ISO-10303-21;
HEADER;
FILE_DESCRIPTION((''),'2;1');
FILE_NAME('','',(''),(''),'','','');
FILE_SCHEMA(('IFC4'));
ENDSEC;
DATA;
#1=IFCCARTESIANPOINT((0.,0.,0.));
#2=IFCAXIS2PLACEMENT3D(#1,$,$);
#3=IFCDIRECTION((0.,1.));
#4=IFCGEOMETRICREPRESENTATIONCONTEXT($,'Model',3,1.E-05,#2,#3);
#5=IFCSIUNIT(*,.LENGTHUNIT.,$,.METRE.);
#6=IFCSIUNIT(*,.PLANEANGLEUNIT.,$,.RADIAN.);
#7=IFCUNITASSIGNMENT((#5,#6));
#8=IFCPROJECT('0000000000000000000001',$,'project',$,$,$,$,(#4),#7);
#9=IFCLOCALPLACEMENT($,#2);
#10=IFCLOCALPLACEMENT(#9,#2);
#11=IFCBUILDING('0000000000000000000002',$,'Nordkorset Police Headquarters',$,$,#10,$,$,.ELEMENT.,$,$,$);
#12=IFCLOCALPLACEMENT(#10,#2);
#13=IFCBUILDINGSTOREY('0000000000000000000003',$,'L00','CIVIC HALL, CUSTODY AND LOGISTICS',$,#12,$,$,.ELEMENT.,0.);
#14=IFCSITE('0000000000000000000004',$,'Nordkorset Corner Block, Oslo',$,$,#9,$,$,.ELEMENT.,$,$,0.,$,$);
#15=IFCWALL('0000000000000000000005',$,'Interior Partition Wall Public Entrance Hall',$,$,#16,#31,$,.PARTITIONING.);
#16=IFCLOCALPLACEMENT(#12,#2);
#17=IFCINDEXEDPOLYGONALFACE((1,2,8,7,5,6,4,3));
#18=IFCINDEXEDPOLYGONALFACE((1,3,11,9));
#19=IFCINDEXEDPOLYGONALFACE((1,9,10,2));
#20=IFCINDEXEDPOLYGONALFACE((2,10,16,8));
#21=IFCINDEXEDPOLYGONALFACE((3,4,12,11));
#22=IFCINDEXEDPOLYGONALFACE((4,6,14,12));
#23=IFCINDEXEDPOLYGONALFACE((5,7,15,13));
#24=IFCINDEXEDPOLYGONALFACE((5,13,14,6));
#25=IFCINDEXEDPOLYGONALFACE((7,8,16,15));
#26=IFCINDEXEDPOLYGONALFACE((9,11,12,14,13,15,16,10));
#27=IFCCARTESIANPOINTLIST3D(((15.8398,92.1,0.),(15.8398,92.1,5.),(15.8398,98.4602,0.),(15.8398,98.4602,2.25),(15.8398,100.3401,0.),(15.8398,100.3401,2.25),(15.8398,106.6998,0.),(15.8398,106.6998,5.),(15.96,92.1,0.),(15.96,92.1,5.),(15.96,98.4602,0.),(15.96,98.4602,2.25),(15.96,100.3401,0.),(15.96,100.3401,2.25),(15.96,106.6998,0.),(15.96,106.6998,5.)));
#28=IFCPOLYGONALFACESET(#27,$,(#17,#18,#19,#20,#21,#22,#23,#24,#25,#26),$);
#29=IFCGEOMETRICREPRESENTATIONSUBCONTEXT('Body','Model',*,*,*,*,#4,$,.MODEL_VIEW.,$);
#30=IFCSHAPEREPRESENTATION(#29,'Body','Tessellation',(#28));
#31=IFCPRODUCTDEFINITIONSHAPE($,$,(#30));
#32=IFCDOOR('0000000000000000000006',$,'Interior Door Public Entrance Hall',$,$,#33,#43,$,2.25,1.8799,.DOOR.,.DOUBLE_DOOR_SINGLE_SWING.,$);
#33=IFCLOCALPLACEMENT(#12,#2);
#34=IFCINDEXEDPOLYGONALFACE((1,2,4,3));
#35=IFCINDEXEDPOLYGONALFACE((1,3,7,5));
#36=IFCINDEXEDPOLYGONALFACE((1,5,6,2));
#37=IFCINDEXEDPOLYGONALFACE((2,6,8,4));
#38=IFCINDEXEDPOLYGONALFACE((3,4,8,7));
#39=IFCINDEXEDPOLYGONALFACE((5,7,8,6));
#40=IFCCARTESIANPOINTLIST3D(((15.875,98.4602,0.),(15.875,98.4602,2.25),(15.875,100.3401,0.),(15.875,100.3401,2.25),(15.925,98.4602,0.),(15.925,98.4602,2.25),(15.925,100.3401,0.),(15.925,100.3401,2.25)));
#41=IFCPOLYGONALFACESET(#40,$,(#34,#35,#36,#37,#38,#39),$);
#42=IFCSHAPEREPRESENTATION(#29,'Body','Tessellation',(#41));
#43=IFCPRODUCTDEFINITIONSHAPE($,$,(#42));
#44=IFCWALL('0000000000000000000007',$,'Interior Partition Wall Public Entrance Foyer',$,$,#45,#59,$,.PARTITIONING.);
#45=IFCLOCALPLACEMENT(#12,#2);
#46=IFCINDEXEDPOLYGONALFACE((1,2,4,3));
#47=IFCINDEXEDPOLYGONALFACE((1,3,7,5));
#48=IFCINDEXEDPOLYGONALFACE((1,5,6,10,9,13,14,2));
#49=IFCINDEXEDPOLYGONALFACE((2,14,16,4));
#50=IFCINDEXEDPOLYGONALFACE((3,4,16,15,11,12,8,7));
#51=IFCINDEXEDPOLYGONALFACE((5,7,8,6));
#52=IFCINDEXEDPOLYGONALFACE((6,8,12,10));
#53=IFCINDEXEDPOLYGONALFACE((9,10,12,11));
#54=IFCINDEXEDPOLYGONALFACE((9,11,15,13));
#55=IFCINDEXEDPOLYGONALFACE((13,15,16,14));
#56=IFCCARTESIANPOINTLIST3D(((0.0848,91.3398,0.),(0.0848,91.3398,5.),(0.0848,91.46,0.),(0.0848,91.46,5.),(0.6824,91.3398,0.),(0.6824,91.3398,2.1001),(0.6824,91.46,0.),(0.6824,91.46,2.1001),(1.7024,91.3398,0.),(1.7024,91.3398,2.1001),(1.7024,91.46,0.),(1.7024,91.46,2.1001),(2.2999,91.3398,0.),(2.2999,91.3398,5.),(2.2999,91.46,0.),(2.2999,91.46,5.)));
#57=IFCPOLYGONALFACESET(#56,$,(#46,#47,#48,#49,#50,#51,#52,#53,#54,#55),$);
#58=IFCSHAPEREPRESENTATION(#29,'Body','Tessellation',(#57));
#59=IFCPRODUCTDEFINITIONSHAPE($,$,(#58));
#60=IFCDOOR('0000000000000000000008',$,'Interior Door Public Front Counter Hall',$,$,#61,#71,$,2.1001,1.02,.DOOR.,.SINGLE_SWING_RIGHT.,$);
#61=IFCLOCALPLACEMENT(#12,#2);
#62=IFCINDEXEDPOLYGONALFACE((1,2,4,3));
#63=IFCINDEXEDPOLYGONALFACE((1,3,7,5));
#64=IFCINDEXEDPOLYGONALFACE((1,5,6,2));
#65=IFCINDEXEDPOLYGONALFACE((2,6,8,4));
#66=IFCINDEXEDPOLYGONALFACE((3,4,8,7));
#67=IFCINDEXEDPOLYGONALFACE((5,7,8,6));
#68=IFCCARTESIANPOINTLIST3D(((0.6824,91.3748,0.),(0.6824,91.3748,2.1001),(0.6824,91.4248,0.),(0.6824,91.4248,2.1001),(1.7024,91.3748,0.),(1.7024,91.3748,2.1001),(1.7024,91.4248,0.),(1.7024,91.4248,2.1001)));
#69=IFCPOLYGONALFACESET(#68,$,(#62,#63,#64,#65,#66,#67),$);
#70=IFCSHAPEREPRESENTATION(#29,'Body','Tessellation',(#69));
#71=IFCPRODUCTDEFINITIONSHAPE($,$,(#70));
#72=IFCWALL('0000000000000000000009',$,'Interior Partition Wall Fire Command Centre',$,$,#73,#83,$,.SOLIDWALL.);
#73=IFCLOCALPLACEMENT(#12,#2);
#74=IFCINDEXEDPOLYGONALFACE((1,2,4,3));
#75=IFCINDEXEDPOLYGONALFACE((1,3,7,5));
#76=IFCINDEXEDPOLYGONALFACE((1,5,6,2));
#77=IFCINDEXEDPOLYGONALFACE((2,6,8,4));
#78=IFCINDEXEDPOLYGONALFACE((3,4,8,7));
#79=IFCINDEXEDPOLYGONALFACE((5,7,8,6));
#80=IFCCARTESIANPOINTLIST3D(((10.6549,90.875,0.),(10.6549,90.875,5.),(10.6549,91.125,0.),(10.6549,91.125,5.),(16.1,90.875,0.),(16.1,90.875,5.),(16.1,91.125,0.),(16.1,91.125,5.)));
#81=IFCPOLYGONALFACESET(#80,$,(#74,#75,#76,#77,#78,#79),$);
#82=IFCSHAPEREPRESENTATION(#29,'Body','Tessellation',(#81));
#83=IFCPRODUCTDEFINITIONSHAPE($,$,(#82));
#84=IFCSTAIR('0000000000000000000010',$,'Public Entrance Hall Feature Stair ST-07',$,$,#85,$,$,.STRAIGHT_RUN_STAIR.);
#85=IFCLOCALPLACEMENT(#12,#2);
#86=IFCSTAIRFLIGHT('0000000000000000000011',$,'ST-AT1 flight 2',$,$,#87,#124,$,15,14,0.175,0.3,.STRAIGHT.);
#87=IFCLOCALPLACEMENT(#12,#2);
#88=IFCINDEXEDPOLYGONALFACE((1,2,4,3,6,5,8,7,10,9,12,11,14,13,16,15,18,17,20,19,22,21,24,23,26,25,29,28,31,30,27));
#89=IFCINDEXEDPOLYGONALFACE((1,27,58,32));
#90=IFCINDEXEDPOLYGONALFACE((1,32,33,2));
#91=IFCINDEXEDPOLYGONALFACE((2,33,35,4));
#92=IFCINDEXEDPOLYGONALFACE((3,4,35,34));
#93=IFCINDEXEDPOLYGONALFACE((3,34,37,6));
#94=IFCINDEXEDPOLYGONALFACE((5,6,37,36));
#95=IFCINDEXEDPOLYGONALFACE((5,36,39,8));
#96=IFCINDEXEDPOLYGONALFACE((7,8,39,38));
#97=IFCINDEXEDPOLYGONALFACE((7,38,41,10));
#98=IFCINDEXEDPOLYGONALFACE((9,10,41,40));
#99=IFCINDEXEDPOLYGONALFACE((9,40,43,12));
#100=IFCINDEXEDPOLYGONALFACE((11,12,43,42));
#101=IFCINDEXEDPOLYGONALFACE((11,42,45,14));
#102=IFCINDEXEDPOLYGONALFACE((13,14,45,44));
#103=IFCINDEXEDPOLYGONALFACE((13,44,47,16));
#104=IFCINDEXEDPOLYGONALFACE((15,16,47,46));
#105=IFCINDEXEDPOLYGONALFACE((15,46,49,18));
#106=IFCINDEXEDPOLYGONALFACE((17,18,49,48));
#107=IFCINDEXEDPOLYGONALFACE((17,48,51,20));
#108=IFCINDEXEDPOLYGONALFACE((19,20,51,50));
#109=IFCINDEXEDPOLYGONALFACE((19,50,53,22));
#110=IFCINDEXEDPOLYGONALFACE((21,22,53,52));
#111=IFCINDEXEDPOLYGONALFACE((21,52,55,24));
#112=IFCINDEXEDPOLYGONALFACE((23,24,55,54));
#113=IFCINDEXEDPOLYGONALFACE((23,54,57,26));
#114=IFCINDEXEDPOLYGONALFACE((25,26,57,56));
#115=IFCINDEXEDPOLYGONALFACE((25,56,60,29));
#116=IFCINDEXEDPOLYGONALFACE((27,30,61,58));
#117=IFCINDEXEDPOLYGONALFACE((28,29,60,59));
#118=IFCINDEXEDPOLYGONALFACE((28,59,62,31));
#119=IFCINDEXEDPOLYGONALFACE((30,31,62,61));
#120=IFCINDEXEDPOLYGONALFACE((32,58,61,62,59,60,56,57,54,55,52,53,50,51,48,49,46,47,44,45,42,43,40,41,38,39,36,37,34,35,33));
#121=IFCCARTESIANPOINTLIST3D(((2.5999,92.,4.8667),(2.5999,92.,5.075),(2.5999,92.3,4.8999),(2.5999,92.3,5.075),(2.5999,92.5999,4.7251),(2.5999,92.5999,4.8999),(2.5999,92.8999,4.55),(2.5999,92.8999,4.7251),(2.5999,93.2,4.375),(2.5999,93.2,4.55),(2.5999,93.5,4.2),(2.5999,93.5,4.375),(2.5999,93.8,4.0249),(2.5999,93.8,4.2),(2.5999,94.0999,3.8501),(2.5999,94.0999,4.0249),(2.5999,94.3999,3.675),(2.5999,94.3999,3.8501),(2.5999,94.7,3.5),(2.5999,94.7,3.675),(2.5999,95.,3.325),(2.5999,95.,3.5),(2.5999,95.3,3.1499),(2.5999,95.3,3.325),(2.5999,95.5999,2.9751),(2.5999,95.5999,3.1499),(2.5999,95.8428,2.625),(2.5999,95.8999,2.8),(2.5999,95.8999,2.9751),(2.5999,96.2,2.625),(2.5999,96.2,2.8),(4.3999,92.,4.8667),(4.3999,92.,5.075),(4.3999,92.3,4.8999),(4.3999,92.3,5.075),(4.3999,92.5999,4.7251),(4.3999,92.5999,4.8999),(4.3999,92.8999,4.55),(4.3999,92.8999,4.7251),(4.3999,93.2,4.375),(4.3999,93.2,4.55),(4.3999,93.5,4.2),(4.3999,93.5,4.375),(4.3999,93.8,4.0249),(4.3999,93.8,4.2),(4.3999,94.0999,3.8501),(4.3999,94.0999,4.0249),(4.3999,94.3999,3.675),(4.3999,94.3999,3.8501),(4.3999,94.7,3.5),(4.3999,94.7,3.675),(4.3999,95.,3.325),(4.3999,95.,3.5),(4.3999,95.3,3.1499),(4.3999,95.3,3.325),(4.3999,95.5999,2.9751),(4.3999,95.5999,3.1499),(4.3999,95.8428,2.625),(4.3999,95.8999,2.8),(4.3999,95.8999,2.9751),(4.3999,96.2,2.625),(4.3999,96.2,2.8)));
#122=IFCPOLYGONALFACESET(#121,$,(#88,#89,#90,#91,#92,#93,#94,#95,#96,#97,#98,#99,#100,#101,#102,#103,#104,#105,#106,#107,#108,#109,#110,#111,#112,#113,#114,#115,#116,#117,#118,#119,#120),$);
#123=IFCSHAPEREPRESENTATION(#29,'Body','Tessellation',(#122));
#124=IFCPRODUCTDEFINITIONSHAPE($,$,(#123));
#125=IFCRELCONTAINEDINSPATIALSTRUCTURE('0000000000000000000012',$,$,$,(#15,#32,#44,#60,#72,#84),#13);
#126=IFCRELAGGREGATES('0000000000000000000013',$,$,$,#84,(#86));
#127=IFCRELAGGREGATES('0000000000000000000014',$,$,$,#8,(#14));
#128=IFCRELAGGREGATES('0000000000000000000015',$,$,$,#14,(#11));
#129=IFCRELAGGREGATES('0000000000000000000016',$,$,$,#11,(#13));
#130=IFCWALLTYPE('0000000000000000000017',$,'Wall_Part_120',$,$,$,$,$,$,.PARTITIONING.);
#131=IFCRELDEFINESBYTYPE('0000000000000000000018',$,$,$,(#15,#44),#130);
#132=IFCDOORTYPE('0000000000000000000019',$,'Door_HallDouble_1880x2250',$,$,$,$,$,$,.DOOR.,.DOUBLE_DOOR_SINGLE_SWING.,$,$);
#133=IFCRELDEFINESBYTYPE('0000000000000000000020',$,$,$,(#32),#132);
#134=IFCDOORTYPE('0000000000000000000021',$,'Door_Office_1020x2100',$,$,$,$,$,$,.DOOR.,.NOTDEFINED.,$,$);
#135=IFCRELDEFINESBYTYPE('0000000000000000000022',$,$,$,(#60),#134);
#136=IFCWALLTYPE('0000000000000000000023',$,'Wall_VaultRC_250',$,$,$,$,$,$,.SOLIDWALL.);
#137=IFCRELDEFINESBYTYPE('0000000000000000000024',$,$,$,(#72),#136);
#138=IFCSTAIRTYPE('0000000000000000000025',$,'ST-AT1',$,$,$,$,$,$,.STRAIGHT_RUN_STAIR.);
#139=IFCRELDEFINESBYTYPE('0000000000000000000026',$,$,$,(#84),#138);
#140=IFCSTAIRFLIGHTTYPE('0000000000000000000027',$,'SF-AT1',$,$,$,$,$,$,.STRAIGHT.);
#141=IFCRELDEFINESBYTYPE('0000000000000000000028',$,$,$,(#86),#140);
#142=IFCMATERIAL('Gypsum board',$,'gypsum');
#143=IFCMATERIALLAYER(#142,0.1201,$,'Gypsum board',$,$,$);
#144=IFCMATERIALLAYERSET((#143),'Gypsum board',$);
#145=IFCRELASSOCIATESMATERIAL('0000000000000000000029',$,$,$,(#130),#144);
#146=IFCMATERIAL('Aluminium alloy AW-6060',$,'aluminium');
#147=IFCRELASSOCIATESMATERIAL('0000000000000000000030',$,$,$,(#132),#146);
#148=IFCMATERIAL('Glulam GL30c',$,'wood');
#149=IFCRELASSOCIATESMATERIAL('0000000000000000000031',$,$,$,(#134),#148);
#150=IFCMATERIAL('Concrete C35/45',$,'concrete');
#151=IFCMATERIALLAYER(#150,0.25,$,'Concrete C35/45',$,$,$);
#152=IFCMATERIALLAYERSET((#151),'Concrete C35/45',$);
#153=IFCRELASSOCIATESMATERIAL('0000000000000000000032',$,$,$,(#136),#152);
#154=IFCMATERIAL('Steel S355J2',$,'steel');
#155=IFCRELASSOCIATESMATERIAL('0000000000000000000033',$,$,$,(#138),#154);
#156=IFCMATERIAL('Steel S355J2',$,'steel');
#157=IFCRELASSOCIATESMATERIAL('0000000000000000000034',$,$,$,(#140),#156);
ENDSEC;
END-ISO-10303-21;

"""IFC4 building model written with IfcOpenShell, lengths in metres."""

from ifc_helpers import new_model, si_unit, direction, frame, frame_2d, origin, place, context, subcontext, project, spatial, polyline, rectangle, outline, extrude, material, layer, layer_set, type_object, element, fill, aggregate, save


model = new_model("IFC4")

# Units and contexts
model_context = context("Model", 3, precision=1e-05, world=origin(), true_north=direction((0.0, 1.0)))
body_context = subcontext(model_context, "Body", "Model", "MODEL_VIEW")
ifc_project = project(units=[si_unit("LENGTHUNIT", "METRE"), si_unit("PLANEANGLEUNIT", "RADIAN")], contexts=[model_context])

# Site, building, storey
site_placement = place(None, origin())
site = spatial("IfcSite", under=ifc_project, at=site_placement, Name="Nordkorset Corner Block, Oslo", CompositionType="ELEMENT", RefElevation=0.0)
building_placement = place(site_placement, origin())
building = spatial("IfcBuilding", under=site, at=building_placement, Name="Nordkorset Police Headquarters", CompositionType="ELEMENT")
storey_placement = place(building_placement, origin())
storey = spatial("IfcBuildingStorey", under=building, at=storey_placement, Name="L00", Description="CIVIC HALL, CUSTODY AND LOGISTICS", CompositionType="ELEMENT", Elevation=0.0)

# Shared definitions
ifc_material_1 = material(Name="Gypsum board", Category="gypsum")
ifc_layer_1 = layer(ifc_material_1, 0.1201, Name="Gypsum board")
ifc_layer_set_1 = layer_set([ifc_layer_1], Name="Gypsum board")
wall_type_1 = type_object("IfcWallType", Name="Wall_Part_120", PredefinedType="PARTITIONING", material=ifc_layer_set_1)

# Walls, openings, doors
wall_1_placement = place(storey_placement, frame((15.8999, 92.1001, 0.0), z_axis=(0.0, 0.0, 1.0), x_axis=(0.0, 1.0, 0.0)))
wall_1 = element("IfcWall", 1, at=wall_1_placement, inside=storey, type_object=wall_type_1, Name="Interior Partition Wall Public Entrance Hall", PredefinedType="PARTITIONING", context=body_context, shape_type="SweptSolid", body=[
    extrude(rectangle(XDim=14.5999, YDim=0.1201, at=frame_2d((7.2998, 0.0))), origin(), (0.0, 0.0, 1.0), 5.0),
])
opening_1_placement = place(wall_1_placement, frame((6.3601, 0.0, 0.0)))
opening_1 = element("IfcOpeningElement", 2, at=opening_1_placement, cuts=wall_1, PredefinedType="OPENING", context=body_context, shape_type="SweptSolid", body=[
    extrude(rectangle(XDim=1.8799, YDim=2.25, at=frame_2d((0.9399, 1.125))), frame((0.0, 0.0701, 0.0), z_axis=(0.0, -1.0, 0.0), x_axis=(1.0, 0.0, 0.0)), (0.0, 0.0, 1.0), 0.1401),
])
ifc_material_2 = material(Name="Aluminium alloy AW-6060", Category="aluminium")
door_type_1 = type_object("IfcDoorType", Name="Door_HallDouble_1880x2250", OperationType="DOUBLE_DOOR_SINGLE_SWING", PredefinedType="DOOR", material=ifc_material_2)
door_1_placement = place(opening_1_placement, origin())
door_1 = element("IfcDoor", 3, at=door_1_placement, inside=storey, type_object=door_type_1, Name="Interior Door Public Entrance Hall", OperationType="DOUBLE_DOOR_SINGLE_SWING", OverallHeight=2.25, OverallWidth=1.8799, PredefinedType="DOOR", context=body_context, shape_type="SweptSolid", body=[
    extrude(rectangle(XDim=1.8799, YDim=2.25, at=frame_2d((0.9399, 1.125))), frame((0.0, 0.0249, 0.0), z_axis=(0.0, -1.0, 0.0), x_axis=(1.0, 0.0, 0.0)), (0.0, 0.0, 1.0), 0.05),
])
fill(opening_1, door_1)
wall_2_placement = place(storey_placement, frame((0.085, 91.3999, 0.0), z_axis=(0.0, 0.0, 1.0), x_axis=(1.0, 0.0, 0.0)))
wall_2 = element("IfcWall", 4, at=wall_2_placement, inside=storey, type_object=wall_type_1, Name="Interior Partition Wall Public Entrance Foyer", PredefinedType="PARTITIONING", context=body_context, shape_type="SweptSolid", body=[
    extrude(rectangle(XDim=2.2151, YDim=0.1201, at=frame_2d((1.1074, 0.0))), origin(), (0.0, 0.0, 1.0), 5.0),
])
opening_2_placement = place(wall_2_placement, frame((0.5974, 0.0, 0.0)))
opening_2 = element("IfcOpeningElement", 5, at=opening_2_placement, cuts=wall_2, PredefinedType="OPENING", context=body_context, shape_type="SweptSolid", body=[
    extrude(rectangle(XDim=1.02, YDim=2.1001, at=frame_2d((0.51, 1.05))), frame((0.0, 0.0701, 0.0), z_axis=(0.0, -1.0, 0.0), x_axis=(1.0, 0.0, 0.0)), (0.0, 0.0, 1.0), 0.1401),
])
ifc_material_3 = material(Name="Glulam GL30c", Category="wood")
door_type_2 = type_object("IfcDoorType", Name="Door_Office_1020x2100", OperationType="NOTDEFINED", PredefinedType="DOOR", material=ifc_material_3)
door_2_placement = place(opening_2_placement, origin())
door_2 = element("IfcDoor", 6, at=door_2_placement, inside=storey, type_object=door_type_2, Name="Interior Door Public Front Counter Hall", OperationType="SINGLE_SWING_RIGHT", OverallHeight=2.1001, OverallWidth=1.02, PredefinedType="DOOR", context=body_context, shape_type="SweptSolid", body=[
    extrude(rectangle(XDim=1.02, YDim=2.1001, at=frame_2d((0.51, 1.05))), frame((0.0, 0.0249, 0.0), z_axis=(0.0, -1.0, 0.0), x_axis=(1.0, 0.0, 0.0)), (0.0, 0.0, 1.0), 0.05),
])
fill(opening_2, door_2)

# Wall
ifc_material_4 = material(Name="Concrete C35/45", Category="concrete")
ifc_layer_2 = layer(ifc_material_4, 0.25, Name="Concrete C35/45")
ifc_layer_set_2 = layer_set([ifc_layer_2], Name="Concrete C35/45")
wall_type_2 = type_object("IfcWallType", Name="Wall_VaultRC_250", PredefinedType="SOLIDWALL", material=ifc_layer_set_2)
wall_3_placement = place(storey_placement, frame((16.1001, 91.0, 0.0), z_axis=(0.0, 0.0, 1.0), x_axis=(-1.0, 0.0, 0.0)))
element("IfcWall", 7, at=wall_3_placement, inside=storey, type_object=wall_type_2, Name="Interior Partition Wall Fire Command Centre", PredefinedType="SOLIDWALL", context=body_context, shape_type="SweptSolid", body=[
    extrude(rectangle(XDim=5.4451, YDim=0.25, at=frame_2d((2.7227, 0.0))), origin(), (0.0, 0.0, 1.0), 5.0),
])

# Stair, stair flight
ifc_material_5 = material(Name="Steel S355J2", Category="steel")
stair_type = type_object("IfcStairType", Name="ST-AT1", PredefinedType="STRAIGHT_RUN_STAIR", material=ifc_material_5)
stair_placement = place(storey_placement, origin())
stair = element("IfcStair", 8, at=stair_placement, inside=storey, type_object=stair_type, Name="Public Entrance Hall Feature Stair ST-07", PredefinedType="STRAIGHT_RUN_STAIR")
ifc_material_6 = material(Name="Steel S355J2", Category="steel")
stair_flight_type = type_object("IfcStairFlightType", Name="SF-AT1", PredefinedType="STRAIGHT", material=ifc_material_6)
stair_flight_placement = place(storey_placement, frame((3.5, 96.2, 2.625), z_axis=(0.0, 0.0, 1.0), x_axis=(0.0, -1.0, 0.0)))
stair_flight = element("IfcStairFlight", 9, at=stair_flight_placement, type_object=stair_flight_type, Name="ST-AT1 flight 2", NumberOfRisers=15, NumberOfTreads=14, PredefinedType="STRAIGHT", RiserHeight=0.175, TreadLength=0.3, context=body_context, shape_type="SweptSolid", body=[
    extrude(outline(polyline([(0.0, 0.0), (0.0, 0.175), (0.3, 0.175), (0.3, 0.3501), (0.6001, 0.3501), (0.6001, 0.5249), (0.8999, 0.5249), (0.8999, 0.7), (1.2, 0.7), (1.2, 0.875), (1.5, 0.875), (1.5, 1.05), (1.8, 1.05), (1.8, 1.2251), (2.1001, 1.2251), (2.1001, 1.3999), (2.3999, 1.3999), (2.3999, 1.575), (2.7, 1.575), (2.7, 1.75), (3.0, 1.75), (3.0, 1.925), (3.3, 1.925), (3.3, 2.1001), (3.6001, 2.1001), (3.6001, 2.2749), (3.8999, 2.2749), (3.8999, 2.45), (4.2, 2.45), (4.2, 2.625), (4.2, 2.2417), (0.3572, 0.0), (0.0, 0.0)])), frame((0.0, 0.8999, 0.0), z_axis=(0.0, -1.0, 0.0), x_axis=(1.0, 0.0, 0.0)), (0.0, 0.0, 1.0), 1.8),
])
aggregate(stair, [stair_flight])

save(model, "model.ifc")
